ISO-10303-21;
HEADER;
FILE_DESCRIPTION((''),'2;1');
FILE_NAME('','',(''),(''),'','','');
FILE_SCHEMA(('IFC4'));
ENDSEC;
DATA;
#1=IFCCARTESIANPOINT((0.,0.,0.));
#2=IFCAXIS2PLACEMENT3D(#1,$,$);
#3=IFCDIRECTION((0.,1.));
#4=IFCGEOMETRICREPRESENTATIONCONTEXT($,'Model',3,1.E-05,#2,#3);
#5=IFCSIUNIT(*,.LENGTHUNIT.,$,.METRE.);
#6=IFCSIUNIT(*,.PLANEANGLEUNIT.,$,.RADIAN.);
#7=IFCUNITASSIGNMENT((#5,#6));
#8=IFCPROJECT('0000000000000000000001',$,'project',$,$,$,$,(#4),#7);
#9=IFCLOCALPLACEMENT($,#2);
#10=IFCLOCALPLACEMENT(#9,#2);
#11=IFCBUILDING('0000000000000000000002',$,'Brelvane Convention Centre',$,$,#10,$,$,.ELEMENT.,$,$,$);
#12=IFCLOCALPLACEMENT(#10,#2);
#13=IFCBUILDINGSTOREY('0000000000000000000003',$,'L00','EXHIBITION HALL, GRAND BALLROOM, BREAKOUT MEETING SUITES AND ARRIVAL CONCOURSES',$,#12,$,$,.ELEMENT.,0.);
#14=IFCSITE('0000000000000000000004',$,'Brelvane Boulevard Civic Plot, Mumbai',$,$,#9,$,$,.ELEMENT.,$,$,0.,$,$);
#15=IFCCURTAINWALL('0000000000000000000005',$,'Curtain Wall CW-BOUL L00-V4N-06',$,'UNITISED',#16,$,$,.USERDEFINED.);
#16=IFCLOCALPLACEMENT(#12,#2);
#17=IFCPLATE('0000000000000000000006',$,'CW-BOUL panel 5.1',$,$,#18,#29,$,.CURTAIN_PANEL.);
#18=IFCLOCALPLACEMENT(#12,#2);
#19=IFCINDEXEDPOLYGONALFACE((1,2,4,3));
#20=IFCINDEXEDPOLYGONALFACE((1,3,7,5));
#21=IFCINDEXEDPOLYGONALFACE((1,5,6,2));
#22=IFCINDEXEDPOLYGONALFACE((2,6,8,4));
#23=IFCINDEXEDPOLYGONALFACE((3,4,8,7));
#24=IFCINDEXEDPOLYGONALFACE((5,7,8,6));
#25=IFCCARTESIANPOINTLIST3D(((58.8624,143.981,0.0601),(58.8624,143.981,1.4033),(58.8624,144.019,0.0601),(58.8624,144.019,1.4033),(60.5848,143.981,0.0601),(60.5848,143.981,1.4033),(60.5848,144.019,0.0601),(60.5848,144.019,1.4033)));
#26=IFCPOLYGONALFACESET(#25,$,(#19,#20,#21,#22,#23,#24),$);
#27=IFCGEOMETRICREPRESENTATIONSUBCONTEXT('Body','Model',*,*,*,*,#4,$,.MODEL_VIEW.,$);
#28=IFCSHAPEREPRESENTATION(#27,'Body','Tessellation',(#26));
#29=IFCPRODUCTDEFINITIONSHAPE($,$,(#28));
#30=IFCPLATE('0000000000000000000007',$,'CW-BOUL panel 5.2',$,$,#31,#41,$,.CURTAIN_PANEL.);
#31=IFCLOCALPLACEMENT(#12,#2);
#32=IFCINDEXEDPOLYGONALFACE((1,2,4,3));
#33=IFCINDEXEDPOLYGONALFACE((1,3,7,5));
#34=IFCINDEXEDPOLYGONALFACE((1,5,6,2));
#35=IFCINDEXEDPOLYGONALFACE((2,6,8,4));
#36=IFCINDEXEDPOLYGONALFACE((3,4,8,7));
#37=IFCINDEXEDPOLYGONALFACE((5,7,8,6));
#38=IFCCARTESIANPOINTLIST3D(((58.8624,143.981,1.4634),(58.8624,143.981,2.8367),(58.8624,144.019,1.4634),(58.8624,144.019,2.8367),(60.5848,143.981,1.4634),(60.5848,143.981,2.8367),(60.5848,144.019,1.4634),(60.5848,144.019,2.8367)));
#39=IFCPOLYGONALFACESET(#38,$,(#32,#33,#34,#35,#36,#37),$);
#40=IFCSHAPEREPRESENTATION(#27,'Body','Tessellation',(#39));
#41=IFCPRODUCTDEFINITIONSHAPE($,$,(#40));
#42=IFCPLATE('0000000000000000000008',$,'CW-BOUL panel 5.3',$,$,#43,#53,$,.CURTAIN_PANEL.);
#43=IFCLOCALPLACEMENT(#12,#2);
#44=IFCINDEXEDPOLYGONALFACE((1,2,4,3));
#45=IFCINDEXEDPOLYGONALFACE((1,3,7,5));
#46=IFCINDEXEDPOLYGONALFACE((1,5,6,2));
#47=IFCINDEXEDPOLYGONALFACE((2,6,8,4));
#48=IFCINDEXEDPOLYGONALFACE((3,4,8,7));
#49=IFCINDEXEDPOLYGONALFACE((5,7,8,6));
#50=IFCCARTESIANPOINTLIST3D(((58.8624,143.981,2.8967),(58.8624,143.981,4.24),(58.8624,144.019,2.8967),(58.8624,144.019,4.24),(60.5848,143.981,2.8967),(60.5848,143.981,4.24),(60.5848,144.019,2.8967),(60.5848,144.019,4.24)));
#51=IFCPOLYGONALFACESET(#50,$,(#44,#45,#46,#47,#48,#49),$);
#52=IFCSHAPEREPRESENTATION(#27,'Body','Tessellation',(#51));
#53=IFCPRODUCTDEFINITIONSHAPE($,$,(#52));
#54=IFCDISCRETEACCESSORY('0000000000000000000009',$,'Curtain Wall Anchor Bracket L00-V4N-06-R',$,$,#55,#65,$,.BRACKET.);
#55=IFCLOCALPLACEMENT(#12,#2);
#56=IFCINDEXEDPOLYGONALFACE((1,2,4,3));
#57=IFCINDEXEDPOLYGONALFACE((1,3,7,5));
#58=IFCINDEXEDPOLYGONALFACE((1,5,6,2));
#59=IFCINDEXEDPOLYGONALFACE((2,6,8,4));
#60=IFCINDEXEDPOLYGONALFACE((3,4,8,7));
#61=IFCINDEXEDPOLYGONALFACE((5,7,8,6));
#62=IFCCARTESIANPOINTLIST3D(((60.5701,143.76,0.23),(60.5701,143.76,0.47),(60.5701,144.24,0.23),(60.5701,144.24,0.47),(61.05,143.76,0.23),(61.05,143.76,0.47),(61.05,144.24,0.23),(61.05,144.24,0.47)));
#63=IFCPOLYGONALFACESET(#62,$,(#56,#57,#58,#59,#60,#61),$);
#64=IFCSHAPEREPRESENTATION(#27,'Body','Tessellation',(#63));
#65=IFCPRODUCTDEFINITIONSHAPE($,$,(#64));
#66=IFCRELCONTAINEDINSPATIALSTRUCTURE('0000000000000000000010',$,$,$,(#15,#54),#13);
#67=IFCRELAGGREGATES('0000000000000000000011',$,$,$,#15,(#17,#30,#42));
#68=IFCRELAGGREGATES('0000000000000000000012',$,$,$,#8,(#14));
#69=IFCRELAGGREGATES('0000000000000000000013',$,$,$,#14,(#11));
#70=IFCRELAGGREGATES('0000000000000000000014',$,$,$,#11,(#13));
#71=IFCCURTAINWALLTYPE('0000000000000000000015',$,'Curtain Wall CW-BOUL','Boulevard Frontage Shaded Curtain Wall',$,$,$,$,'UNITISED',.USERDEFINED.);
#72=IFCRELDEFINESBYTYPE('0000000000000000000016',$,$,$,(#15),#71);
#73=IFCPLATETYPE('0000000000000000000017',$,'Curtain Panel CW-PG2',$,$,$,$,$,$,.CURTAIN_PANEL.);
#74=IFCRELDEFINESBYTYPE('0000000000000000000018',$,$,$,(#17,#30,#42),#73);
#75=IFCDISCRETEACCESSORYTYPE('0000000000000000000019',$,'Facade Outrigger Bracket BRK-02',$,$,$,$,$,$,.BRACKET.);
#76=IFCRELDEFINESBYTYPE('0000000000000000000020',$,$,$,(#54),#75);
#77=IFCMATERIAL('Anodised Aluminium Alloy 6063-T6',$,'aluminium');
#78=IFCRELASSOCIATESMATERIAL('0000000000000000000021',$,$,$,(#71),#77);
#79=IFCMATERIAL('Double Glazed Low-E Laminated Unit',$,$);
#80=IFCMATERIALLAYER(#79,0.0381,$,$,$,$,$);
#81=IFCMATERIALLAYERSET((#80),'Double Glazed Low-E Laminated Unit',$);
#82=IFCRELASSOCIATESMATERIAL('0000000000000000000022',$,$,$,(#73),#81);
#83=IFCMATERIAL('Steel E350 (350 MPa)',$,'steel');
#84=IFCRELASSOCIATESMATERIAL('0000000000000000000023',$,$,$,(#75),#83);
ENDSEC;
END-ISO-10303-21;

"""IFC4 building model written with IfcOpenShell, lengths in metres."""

from ifc_helpers import new_model, si_unit, direction, frame, origin, origin_2d, place, context, subcontext, project, spatial, rectangle, extrude, material, layer, layer_set, type_object, element, aggregate, save


model = new_model("IFC4")

# Units and contexts
model_context = context("Model", 3, precision=1e-05, world=origin(), true_north=direction((0.0, 1.0)))
body_context = subcontext(model_context, "Body", "Model", "MODEL_VIEW")
ifc_project = project(units=[si_unit("LENGTHUNIT", "METRE"), si_unit("PLANEANGLEUNIT", "RADIAN")], contexts=[model_context])

# Site, building, storey
site_placement = place(None, origin())
site = spatial("IfcSite", under=ifc_project, at=site_placement, Name="Brelvane Boulevard Civic Plot, Mumbai", CompositionType="ELEMENT", RefElevation=0.0)
building_placement = place(site_placement, origin())
building = spatial("IfcBuilding", under=site, at=building_placement, Name="Brelvane Convention Centre", CompositionType="ELEMENT")
storey_placement = place(building_placement, origin())
storey = spatial("IfcBuildingStorey", under=building, at=storey_placement, Name="L00", Description="EXHIBITION HALL, GRAND BALLROOM, BREAKOUT MEETING SUITES AND ARRIVAL CONCOURSES", CompositionType="ELEMENT", Elevation=0.0)

# Curtain wall
ifc_material_1 = material(Name="Anodised Aluminium Alloy 6063-T6", Category="aluminium")
curtain_wall_type = type_object("IfcCurtainWallType", Name="Curtain Wall CW-BOUL", Description="Boulevard Frontage Shaded Curtain Wall", ElementType="UNITISED", PredefinedType="USERDEFINED", material=ifc_material_1)
curtain_wall_placement = place(storey_placement, origin())
curtain_wall = element("IfcCurtainWall", 1, at=curtain_wall_placement, inside=storey, type_object=curtain_wall_type, Name="Curtain Wall CW-BOUL L00-V4N-06", ObjectType="UNITISED", PredefinedType="USERDEFINED")

# Plates
ifc_material_2 = material(Name="Double Glazed Low-E Laminated Unit")
ifc_layer_1 = layer(ifc_material_2, 0.0381)
ifc_layer_set_1 = layer_set([ifc_layer_1], Name="Double Glazed Low-E Laminated Unit")
plate_type = type_object("IfcPlateType", Name="Curtain Panel CW-PG2", PredefinedType="CURTAIN_PANEL", material=ifc_layer_set_1)
plate_1_placement = place(storey_placement, frame((59.7236, 144.0, 0.0601), z_axis=(0.0, 0.0, 1.0), x_axis=(1.0, 0.0, 0.0)))
plate_1 = element("IfcPlate", 2, at=plate_1_placement, type_object=plate_type, Name="CW-BOUL panel 5.1", PredefinedType="CURTAIN_PANEL", context=body_context, shape_type="SweptSolid", body=[
    extrude(rectangle(XDim=1.7224, YDim=0.0381, at=origin_2d()), origin(), (0.0, 0.0, 1.0), 1.3433),
])
plate_2_placement = place(storey_placement, frame((59.7236, 144.0, 1.4634), z_axis=(0.0, 0.0, 1.0), x_axis=(1.0, 0.0, 0.0)))
plate_2 = element("IfcPlate", 3, at=plate_2_placement, type_object=plate_type, Name="CW-BOUL panel 5.2", PredefinedType="CURTAIN_PANEL", context=body_context, shape_type="SweptSolid", body=[
    extrude(rectangle(XDim=1.7224, YDim=0.0381, at=origin_2d()), origin(), (0.0, 0.0, 1.0), 1.3733),
])
plate_3_placement = place(storey_placement, frame((59.7236, 144.0, 2.8967), z_axis=(0.0, 0.0, 1.0), x_axis=(1.0, 0.0, 0.0)))
plate_3 = element("IfcPlate", 4, at=plate_3_placement, type_object=plate_type, Name="CW-BOUL panel 5.3", PredefinedType="CURTAIN_PANEL", context=body_context, shape_type="SweptSolid", body=[
    extrude(rectangle(XDim=1.7224, YDim=0.0381, at=origin_2d()), origin(), (0.0, 0.0, 1.0), 1.3433),
])
aggregate(curtain_wall, [plate_1, plate_2, plate_3])

# Discrete accessory
ifc_material_3 = material(Name="Steel E350 (350 MPa)", Category="steel")
discrete_accessory_type = type_object("IfcDiscreteAccessoryType", Name="Facade Outrigger Bracket BRK-02", PredefinedType="BRACKET", material=ifc_material_3)
discrete_accessory_placement = place(storey_placement, frame((60.8101, 144.0, 0.23), z_axis=(0.0, 0.0, 1.0), x_axis=(1.0, 0.0, 0.0)))
element("IfcDiscreteAccessory", 5, at=discrete_accessory_placement, inside=storey, type_object=discrete_accessory_type, Name="Curtain Wall Anchor Bracket L00-V4N-06-R", PredefinedType="BRACKET", context=body_context, shape_type="SweptSolid", body=[
    extrude(rectangle(XDim=0.48, YDim=0.48, at=origin_2d()), origin(), (0.0, 0.0, 1.0), 0.24),
])

save(model, "model.ifc")
